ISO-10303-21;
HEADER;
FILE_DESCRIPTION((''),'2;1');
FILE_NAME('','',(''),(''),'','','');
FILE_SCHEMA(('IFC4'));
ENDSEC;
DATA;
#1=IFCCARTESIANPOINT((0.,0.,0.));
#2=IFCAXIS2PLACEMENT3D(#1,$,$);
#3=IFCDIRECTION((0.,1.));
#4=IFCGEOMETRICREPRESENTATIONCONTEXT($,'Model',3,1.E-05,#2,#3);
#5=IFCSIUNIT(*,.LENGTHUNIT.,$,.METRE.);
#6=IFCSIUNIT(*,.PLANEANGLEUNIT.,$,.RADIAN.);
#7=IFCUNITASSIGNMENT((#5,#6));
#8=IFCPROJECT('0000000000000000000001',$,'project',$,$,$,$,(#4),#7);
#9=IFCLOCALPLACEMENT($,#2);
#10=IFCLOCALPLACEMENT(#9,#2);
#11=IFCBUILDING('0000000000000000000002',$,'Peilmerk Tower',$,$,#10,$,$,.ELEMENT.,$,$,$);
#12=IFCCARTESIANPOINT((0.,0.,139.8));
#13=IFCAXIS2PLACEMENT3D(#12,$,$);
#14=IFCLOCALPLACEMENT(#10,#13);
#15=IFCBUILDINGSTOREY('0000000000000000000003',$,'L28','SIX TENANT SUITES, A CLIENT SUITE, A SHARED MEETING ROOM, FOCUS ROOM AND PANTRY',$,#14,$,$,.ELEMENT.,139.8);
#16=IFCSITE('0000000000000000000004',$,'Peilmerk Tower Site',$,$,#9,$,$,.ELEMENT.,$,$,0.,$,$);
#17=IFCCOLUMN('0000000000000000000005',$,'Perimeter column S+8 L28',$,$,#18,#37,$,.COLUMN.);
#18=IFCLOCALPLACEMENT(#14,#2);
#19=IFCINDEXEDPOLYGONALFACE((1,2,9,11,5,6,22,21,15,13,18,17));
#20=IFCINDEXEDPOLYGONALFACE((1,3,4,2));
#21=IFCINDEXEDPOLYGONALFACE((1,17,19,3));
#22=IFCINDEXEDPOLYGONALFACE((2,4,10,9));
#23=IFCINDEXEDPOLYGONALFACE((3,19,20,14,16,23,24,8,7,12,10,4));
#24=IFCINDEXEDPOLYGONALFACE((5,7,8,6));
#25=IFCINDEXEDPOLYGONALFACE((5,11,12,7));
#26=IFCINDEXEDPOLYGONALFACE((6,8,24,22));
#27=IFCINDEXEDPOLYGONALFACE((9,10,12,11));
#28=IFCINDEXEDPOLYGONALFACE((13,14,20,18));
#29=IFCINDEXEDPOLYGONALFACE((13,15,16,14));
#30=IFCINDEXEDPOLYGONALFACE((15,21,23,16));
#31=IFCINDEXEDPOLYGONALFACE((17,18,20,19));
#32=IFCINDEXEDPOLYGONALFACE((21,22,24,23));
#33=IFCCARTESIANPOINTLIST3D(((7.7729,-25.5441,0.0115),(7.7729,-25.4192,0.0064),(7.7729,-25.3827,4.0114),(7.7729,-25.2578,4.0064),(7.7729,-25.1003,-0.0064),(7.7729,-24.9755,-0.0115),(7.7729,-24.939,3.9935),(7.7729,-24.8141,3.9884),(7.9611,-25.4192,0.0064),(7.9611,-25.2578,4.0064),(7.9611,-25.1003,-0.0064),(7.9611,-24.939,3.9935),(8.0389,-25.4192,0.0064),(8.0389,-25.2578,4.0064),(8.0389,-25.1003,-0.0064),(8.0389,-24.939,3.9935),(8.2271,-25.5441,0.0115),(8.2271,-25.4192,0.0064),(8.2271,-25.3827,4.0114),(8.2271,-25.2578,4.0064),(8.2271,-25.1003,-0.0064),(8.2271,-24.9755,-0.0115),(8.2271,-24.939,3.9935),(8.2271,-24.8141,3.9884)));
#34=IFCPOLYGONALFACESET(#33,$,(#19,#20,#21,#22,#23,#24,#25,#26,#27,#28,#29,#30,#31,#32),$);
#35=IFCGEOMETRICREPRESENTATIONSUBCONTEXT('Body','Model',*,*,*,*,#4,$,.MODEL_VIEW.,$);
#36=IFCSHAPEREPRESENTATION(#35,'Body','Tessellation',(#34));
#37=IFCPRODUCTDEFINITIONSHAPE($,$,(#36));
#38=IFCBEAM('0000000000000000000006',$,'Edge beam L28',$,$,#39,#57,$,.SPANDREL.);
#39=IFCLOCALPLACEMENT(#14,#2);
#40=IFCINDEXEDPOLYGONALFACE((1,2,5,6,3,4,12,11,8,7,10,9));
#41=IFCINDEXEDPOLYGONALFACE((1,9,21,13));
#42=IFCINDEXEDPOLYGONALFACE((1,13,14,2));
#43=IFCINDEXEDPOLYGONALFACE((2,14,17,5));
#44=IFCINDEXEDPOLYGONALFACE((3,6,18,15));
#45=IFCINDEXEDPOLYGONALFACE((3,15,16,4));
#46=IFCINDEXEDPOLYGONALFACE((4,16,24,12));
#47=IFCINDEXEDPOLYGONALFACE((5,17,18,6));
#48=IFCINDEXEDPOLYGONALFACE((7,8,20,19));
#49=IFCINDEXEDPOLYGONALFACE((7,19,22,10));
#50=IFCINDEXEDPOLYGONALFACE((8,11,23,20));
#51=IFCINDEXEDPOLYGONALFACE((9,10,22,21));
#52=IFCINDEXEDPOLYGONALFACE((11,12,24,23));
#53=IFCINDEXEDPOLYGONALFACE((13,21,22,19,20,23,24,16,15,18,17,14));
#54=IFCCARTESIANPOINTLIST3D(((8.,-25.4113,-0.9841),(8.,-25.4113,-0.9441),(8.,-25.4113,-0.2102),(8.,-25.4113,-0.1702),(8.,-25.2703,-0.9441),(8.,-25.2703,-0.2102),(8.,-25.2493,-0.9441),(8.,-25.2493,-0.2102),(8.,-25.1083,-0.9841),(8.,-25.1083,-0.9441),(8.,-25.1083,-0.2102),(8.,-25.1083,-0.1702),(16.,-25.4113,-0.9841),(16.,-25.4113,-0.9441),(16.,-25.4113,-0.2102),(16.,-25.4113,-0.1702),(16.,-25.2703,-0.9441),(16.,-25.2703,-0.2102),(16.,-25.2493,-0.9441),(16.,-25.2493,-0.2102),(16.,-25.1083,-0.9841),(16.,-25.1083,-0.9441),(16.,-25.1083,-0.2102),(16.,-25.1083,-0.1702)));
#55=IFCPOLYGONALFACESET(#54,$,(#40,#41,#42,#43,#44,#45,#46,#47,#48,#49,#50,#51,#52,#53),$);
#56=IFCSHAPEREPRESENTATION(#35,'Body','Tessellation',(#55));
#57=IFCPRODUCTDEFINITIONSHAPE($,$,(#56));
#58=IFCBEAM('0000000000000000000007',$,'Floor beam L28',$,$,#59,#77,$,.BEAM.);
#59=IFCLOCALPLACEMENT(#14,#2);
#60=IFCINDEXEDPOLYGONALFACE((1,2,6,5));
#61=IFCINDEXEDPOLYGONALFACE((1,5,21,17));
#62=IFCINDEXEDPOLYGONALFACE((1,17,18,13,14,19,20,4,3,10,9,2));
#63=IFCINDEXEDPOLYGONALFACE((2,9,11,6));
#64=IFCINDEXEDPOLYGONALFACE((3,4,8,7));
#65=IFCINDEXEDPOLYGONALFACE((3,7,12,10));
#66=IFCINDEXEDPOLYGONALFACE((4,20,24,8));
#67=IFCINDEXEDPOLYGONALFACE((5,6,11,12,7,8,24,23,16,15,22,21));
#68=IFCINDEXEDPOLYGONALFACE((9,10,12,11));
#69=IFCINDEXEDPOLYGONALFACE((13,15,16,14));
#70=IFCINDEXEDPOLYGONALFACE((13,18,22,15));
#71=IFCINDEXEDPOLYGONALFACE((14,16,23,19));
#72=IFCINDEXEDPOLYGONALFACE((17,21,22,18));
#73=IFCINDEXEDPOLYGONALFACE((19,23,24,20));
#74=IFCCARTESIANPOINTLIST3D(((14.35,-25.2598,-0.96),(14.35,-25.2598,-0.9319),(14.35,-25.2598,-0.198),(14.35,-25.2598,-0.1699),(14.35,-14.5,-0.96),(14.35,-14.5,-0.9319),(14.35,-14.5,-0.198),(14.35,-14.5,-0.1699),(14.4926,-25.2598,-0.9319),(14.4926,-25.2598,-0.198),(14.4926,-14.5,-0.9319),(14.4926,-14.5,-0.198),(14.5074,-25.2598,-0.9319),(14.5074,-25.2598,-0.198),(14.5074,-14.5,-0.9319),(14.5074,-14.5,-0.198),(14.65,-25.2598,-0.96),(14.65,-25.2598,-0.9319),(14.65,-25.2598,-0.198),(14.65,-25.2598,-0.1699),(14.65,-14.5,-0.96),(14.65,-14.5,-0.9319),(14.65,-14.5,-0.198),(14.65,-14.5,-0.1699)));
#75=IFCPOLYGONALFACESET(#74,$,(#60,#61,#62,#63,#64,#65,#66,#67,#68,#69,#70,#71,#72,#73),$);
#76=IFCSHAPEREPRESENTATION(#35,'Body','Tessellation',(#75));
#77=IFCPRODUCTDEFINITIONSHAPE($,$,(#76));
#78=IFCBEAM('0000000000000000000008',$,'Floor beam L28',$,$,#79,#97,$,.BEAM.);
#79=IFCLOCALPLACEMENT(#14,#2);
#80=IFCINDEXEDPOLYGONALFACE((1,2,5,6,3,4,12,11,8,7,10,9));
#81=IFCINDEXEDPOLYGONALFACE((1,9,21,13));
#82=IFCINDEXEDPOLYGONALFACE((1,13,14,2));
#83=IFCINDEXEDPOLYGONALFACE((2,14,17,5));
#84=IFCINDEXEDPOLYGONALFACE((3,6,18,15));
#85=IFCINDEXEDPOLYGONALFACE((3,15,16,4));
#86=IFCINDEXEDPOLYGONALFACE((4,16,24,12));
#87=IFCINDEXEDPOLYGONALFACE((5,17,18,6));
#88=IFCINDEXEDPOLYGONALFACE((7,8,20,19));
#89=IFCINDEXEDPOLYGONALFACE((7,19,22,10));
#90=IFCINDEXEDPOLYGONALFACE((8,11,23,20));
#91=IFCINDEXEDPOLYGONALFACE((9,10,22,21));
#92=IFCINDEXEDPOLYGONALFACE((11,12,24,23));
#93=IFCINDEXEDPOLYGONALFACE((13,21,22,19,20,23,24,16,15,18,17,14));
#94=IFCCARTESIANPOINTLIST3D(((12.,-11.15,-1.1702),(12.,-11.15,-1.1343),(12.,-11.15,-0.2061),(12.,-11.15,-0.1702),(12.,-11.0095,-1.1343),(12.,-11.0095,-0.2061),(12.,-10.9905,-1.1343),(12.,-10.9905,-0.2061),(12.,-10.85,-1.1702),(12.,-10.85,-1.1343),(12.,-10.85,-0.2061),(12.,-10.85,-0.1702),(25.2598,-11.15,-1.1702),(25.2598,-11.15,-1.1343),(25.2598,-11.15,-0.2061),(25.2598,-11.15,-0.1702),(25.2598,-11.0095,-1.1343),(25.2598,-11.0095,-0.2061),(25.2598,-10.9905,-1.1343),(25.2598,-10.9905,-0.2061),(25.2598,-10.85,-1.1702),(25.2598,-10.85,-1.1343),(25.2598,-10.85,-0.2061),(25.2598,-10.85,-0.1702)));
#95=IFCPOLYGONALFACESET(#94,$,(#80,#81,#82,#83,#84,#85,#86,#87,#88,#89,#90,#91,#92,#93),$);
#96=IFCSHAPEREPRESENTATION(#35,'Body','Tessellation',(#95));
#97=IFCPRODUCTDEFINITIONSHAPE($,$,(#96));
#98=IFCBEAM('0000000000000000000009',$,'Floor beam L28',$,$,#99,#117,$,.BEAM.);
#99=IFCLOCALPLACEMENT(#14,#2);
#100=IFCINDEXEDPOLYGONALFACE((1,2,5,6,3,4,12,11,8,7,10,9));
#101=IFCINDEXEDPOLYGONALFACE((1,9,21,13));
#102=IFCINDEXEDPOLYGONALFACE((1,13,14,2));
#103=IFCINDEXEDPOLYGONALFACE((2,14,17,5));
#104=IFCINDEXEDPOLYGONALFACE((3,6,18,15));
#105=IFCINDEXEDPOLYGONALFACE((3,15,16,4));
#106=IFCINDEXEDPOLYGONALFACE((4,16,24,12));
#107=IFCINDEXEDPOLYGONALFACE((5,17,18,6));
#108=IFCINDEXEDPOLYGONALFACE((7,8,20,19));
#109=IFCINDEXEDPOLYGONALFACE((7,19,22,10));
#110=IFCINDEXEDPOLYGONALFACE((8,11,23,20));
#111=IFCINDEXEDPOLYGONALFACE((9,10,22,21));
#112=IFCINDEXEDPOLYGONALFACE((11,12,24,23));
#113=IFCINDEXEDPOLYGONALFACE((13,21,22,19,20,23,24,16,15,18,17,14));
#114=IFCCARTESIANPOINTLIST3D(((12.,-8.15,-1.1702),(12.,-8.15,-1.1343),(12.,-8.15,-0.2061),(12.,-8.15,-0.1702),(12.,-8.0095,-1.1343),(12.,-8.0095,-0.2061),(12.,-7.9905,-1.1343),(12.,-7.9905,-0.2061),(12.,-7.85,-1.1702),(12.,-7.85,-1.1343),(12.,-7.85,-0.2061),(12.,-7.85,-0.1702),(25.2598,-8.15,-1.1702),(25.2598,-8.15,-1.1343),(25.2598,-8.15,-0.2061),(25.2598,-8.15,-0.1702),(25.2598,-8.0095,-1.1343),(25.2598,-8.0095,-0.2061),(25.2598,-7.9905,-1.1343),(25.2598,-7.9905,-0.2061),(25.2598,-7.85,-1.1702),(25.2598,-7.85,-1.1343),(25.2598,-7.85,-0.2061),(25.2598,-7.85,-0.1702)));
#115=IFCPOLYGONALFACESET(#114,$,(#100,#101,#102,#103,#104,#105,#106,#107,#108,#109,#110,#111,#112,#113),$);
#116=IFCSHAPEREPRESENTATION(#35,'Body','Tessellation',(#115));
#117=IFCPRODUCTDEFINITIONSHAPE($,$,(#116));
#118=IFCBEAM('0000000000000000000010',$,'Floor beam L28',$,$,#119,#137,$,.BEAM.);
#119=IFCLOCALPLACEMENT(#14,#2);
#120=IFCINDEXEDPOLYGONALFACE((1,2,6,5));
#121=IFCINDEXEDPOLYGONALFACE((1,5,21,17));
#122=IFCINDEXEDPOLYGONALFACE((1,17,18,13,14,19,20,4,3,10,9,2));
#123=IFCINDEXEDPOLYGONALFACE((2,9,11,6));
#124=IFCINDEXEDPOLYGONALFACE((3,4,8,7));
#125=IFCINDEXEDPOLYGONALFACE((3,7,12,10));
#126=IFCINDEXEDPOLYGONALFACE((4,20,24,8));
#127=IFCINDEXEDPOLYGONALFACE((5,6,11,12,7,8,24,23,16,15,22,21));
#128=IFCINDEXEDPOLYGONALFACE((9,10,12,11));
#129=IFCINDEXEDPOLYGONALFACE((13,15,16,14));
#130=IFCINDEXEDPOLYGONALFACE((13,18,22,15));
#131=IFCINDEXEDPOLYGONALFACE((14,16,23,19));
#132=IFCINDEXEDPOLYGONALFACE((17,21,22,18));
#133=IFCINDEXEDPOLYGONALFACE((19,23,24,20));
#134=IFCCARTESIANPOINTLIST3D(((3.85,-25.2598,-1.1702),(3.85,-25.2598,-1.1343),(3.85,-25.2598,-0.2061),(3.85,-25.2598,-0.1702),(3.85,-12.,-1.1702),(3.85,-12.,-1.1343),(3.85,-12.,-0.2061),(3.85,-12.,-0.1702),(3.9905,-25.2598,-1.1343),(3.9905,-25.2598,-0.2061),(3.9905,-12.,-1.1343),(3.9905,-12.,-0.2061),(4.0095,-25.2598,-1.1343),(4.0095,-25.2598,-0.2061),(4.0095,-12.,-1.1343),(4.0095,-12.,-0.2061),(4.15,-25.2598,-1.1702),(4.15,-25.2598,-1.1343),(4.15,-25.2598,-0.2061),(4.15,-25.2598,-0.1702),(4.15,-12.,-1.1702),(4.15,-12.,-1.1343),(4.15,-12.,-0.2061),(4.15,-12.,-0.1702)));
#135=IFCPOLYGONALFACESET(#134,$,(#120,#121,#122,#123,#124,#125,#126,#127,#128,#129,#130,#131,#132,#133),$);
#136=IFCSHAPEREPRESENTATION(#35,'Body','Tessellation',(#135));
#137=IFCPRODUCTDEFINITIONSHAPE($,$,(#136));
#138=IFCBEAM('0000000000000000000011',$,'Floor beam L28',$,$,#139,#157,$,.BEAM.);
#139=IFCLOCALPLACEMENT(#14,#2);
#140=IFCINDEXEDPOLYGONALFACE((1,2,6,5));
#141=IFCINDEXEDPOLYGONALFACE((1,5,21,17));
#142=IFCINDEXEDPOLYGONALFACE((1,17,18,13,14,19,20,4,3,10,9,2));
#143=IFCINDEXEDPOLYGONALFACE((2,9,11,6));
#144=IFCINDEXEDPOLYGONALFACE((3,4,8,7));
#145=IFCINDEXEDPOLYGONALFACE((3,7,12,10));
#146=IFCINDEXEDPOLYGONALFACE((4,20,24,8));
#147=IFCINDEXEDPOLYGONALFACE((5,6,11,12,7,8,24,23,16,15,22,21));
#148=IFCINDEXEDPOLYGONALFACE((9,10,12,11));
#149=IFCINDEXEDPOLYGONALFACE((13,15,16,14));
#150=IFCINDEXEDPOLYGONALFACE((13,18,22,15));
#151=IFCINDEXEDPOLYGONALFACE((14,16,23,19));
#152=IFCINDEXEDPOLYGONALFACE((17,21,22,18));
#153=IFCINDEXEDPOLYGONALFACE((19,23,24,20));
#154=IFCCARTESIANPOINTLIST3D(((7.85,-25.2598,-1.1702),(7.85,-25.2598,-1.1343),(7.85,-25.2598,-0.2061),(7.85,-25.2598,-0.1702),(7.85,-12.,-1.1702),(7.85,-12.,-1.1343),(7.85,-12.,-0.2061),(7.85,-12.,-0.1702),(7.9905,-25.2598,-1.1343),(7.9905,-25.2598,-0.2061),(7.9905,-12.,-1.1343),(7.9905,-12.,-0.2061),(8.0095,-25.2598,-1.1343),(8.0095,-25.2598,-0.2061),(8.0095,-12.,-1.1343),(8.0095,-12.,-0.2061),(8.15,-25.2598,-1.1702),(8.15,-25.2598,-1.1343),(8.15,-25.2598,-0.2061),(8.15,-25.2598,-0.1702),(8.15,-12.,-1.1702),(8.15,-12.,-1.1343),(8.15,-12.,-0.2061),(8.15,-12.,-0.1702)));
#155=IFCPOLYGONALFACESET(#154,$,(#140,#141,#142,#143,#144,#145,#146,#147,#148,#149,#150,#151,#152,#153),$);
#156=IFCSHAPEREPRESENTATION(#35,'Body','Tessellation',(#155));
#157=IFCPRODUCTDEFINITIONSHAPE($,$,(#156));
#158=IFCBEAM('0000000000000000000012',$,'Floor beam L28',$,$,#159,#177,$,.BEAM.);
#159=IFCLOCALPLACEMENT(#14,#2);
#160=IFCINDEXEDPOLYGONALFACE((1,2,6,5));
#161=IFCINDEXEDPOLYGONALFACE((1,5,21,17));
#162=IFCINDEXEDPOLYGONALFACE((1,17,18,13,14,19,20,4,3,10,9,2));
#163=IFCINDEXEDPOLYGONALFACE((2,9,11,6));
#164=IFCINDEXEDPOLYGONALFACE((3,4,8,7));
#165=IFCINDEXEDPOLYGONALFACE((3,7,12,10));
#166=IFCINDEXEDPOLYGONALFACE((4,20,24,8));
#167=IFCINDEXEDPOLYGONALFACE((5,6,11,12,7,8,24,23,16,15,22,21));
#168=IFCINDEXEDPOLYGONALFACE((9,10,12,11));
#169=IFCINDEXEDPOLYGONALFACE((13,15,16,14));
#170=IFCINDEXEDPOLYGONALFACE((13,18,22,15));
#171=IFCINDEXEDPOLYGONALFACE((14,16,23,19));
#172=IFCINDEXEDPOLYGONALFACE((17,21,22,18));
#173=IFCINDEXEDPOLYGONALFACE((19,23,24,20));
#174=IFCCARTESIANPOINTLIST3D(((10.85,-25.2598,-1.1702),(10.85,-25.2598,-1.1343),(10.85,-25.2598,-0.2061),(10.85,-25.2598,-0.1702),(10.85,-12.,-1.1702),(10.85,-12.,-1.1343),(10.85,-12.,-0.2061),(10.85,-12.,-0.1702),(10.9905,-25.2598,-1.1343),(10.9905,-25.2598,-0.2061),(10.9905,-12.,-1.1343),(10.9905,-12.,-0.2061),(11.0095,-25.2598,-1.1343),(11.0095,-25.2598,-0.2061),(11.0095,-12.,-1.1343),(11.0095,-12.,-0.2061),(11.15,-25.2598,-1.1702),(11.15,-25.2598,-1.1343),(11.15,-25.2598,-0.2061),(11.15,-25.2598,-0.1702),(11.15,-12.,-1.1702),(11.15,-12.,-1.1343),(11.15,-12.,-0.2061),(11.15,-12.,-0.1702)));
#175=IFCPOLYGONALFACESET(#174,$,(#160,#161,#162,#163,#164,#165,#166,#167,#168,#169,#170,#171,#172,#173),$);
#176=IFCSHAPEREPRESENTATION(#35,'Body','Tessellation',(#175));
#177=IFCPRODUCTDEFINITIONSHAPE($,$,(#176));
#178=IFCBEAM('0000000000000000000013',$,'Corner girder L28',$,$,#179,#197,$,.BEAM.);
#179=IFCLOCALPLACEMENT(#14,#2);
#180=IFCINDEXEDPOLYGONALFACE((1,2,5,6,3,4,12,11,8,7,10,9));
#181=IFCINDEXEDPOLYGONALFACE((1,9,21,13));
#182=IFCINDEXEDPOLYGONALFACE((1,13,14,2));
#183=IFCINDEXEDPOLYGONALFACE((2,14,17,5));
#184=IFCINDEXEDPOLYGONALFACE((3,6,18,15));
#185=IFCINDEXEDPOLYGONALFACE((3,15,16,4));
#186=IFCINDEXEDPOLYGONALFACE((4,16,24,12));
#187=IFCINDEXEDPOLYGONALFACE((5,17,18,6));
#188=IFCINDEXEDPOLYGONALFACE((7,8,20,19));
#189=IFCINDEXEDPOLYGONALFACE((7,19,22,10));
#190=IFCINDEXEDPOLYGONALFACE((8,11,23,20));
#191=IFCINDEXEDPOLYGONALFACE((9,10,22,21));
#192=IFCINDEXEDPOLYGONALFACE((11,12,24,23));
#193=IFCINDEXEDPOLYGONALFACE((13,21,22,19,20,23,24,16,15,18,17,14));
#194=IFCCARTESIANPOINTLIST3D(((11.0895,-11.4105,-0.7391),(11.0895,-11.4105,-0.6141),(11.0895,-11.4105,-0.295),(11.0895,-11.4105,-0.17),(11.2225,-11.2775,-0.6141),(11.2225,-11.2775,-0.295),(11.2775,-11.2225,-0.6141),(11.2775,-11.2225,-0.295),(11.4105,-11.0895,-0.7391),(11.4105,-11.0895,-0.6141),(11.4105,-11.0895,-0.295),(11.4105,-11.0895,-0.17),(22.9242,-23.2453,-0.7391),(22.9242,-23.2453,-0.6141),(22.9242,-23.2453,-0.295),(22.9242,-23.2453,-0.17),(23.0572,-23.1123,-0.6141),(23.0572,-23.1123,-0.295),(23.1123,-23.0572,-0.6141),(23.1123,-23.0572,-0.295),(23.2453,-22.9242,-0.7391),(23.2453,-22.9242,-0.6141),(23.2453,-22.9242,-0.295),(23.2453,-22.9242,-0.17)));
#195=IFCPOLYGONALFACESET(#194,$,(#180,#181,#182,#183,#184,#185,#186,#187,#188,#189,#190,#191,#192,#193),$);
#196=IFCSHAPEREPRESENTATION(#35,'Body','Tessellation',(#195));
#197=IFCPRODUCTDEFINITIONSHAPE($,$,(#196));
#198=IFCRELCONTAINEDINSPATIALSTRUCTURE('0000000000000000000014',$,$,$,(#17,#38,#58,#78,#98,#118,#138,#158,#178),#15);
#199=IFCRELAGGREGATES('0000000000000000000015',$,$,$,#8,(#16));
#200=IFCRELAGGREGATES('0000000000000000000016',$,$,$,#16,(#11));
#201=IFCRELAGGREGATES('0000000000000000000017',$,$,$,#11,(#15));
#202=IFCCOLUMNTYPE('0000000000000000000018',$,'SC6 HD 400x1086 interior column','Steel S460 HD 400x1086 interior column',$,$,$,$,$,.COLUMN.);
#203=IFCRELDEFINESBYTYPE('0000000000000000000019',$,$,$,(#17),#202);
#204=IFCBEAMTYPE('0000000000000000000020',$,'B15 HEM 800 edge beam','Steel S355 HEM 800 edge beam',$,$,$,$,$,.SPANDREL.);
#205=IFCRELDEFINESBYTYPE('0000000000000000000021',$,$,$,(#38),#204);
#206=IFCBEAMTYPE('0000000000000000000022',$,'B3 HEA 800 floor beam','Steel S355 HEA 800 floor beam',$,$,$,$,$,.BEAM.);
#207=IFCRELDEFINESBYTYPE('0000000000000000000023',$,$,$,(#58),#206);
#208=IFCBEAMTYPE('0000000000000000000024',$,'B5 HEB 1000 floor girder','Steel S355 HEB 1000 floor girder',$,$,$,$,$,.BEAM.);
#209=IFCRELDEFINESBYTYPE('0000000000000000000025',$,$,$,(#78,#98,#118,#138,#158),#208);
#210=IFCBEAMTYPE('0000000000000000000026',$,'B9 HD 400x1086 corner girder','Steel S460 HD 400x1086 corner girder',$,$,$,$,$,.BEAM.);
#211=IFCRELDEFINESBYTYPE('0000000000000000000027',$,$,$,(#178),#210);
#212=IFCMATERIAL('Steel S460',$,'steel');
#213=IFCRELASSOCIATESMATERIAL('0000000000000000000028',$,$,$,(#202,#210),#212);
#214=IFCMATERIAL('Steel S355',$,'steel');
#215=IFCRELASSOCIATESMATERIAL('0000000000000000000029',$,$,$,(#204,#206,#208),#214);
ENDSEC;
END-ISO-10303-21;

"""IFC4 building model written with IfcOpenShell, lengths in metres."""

from ifc_helpers import new_model, si_unit, direction, frame, origin, origin_2d, place, context, subcontext, project, spatial, i_section, extrude, material, material_profile, profile_set, type_object, element, save


model = new_model("IFC4")

# Units and contexts
model_context = context("Model", 3, precision=1e-05, world=origin(), true_north=direction((0.0, 1.0)))
body_context = subcontext(model_context, "Body", "Model", "MODEL_VIEW")
ifc_project = project(units=[si_unit("LENGTHUNIT", "METRE"), si_unit("PLANEANGLEUNIT", "RADIAN")], contexts=[model_context])

# Site, building, storey
site_placement = place(None, origin())
site = spatial("IfcSite", under=ifc_project, at=site_placement, Name="Peilmerk Tower Site", CompositionType="ELEMENT", RefElevation=0.0)
building_placement = place(site_placement, origin())
building = spatial("IfcBuilding", under=site, at=building_placement, Name="Peilmerk Tower", CompositionType="ELEMENT")
storey_placement = place(building_placement, frame((0.0, 0.0, 139.8)))
storey = spatial("IfcBuildingStorey", under=building, at=storey_placement, Name="L28", Description="SIX TENANT SUITES, A CLIENT SUITE, A SHARED MEETING ROOM, FOCUS ROOM AND PANTRY", CompositionType="ELEMENT", Elevation=139.8)

# Column
ifc_material_1 = material(Name="Steel S460", Category="steel")
ifc_material_profile_1 = material_profile(ifc_material_1, i_section(OverallWidth=0.4541, OverallDepth=0.5691, WebThickness=0.0779, FlangeThickness=0.125, at=origin_2d()), Name="HD 400x1086")
ifc_profile_set_1 = profile_set([ifc_material_profile_1], Name="Steel S460")
column_type = type_object("IfcColumnType", Name="SC6 HD 400x1086 interior column", Description="Steel S460 HD 400x1086 interior column", PredefinedType="COLUMN", material=ifc_profile_set_1)
column_placement = place(storey_placement, frame((8.0, -25.2598, 0.0), z_axis=(0.0, 0.040311, 0.999187), x_axis=(-1.0, 0.0, 0.0)))
element("IfcColumn", 1, at=column_placement, inside=storey, type_object=column_type, Name="Perimeter column S+8 L28", PredefinedType="COLUMN", context=body_context, shape_type="SweptSolid", body=[
    extrude(i_section(OverallWidth=0.4541, OverallDepth=0.5691, WebThickness=0.0779, FlangeThickness=0.125, at=origin_2d()), origin(), (0.0, 0.0, 1.0), 4.0032),
])

# Beams
ifc_material_2 = material(Name="Steel S355", Category="steel")
ifc_material_profile_2 = material_profile(ifc_material_2, i_section(OverallWidth=0.303, OverallDepth=0.814, WebThickness=0.021, FlangeThickness=0.04, at=origin_2d()), Name="HEM 800")
ifc_profile_set_2 = profile_set([ifc_material_profile_2], Name="Steel S355")
beam_type_1 = type_object("IfcBeamType", Name="B15 HEM 800 edge beam", Description="Steel S355 HEM 800 edge beam", PredefinedType="SPANDREL", material=ifc_profile_set_2)
beam_1_placement = place(storey_placement, frame((8.0, -25.2598, -0.5771), z_axis=(1.0, 0.0, 0.0), x_axis=(0.0, 1.0, 0.0)))
element("IfcBeam", 2, at=beam_1_placement, inside=storey, type_object=beam_type_1, Name="Edge beam L28", PredefinedType="SPANDREL", context=body_context, shape_type="SweptSolid", body=[
    extrude(i_section(OverallWidth=0.303, OverallDepth=0.814, WebThickness=0.021, FlangeThickness=0.04, at=origin_2d()), origin(), (0.0, 0.0, 1.0), 8.0),
])
ifc_material_profile_3 = material_profile(ifc_material_2, i_section(OverallWidth=0.3, OverallDepth=0.79, WebThickness=0.0149, FlangeThickness=0.0281, at=origin_2d()), Name="HEA 800")
ifc_profile_set_3 = profile_set([ifc_material_profile_3], Name="Steel S355")
beam_type_2 = type_object("IfcBeamType", Name="B3 HEA 800 floor beam", Description="Steel S355 HEA 800 floor beam", PredefinedType="BEAM", material=ifc_profile_set_3)
beam_2_placement = place(storey_placement, frame((14.5, -14.5, -0.5649), z_axis=(0.0, -1.0, 0.0), x_axis=(1.0, 0.0, 0.0)))
element("IfcBeam", 3, at=beam_2_placement, inside=storey, type_object=beam_type_2, Name="Floor beam L28", PredefinedType="BEAM", context=body_context, shape_type="SweptSolid", body=[
    extrude(i_section(OverallWidth=0.3, OverallDepth=0.79, WebThickness=0.0149, FlangeThickness=0.0281, at=origin_2d()), origin(), (0.0, 0.0, 1.0), 10.7598),
])
ifc_material_profile_4 = material_profile(ifc_material_2, i_section(OverallWidth=0.3, OverallDepth=1.0, WebThickness=0.019, FlangeThickness=0.0359, at=origin_2d()), Name="HEB 1000")
ifc_profile_set_4 = profile_set([ifc_material_profile_4], Name="Steel S355")
beam_type_3 = type_object("IfcBeamType", Name="B5 HEB 1000 floor girder", Description="Steel S355 HEB 1000 floor girder", PredefinedType="BEAM", material=ifc_profile_set_4)
for number, where, z_axis, x_axis, name in (
    (4, (12.0, -11.0, -0.6702), (1.0, 0.0, 0.0), (0.0, 1.0, 0.0), "Floor beam L28"),
    (5, (12.0, -8.0, -0.6702), (1.0, 0.0, 0.0), (0.0, 1.0, 0.0), "Floor beam L28"),
    (6, (4.0, -12.0, -0.6702), (0.0, -1.0, 0.0), (1.0, 0.0, 0.0), "Floor beam L28"),
    (7, (8.0, -12.0, -0.6702), (0.0, -1.0, 0.0), (1.0, 0.0, 0.0), "Floor beam L28"),
    (8, (11.0, -12.0, -0.6702), (0.0, -1.0, 0.0), (1.0, 0.0, 0.0), "Floor beam L28"),
):
    element("IfcBeam", number, at=place(storey_placement, frame(where, z_axis=z_axis, x_axis=x_axis)), inside=storey, type_object=beam_type_3, Name=name, PredefinedType="BEAM", context=body_context, shape_type="SweptSolid", body=[
        extrude(i_section(OverallWidth=0.3, OverallDepth=1.0, WebThickness=0.019, FlangeThickness=0.0359, at=origin_2d()), origin(), (0.0, 0.0, 1.0), 13.2598),
    ])
ifc_material_profile_5 = material_profile(ifc_material_1, i_section(OverallWidth=0.4541, OverallDepth=0.5691, WebThickness=0.0779, FlangeThickness=0.125, at=origin_2d()), Name="HD 400x1086")
ifc_profile_set_5 = profile_set([ifc_material_profile_5], Name="Steel S460")
beam_type_4 = type_object("IfcBeamType", Name="B9 HD 400x1086 corner girder", Description="Steel S460 HD 400x1086 corner girder", PredefinedType="BEAM", material=ifc_profile_set_5)
beam_3_placement = place(storey_placement, frame((11.25, -11.25, -0.4546), z_axis=(0.707107, -0.707107, 0.0), x_axis=(0.707107, 0.707107, 0.0)))
element("IfcBeam", 9, at=beam_3_placement, inside=storey, type_object=beam_type_4, Name="Corner girder L28", PredefinedType="BEAM", context=body_context, shape_type="SweptSolid", body=[
    extrude(i_section(OverallWidth=0.4541, OverallDepth=0.5691, WebThickness=0.0779, FlangeThickness=0.125, at=origin_2d()), origin(), (0.0, 0.0, 1.0), 16.7368),
])

save(model, "model.ifc")
